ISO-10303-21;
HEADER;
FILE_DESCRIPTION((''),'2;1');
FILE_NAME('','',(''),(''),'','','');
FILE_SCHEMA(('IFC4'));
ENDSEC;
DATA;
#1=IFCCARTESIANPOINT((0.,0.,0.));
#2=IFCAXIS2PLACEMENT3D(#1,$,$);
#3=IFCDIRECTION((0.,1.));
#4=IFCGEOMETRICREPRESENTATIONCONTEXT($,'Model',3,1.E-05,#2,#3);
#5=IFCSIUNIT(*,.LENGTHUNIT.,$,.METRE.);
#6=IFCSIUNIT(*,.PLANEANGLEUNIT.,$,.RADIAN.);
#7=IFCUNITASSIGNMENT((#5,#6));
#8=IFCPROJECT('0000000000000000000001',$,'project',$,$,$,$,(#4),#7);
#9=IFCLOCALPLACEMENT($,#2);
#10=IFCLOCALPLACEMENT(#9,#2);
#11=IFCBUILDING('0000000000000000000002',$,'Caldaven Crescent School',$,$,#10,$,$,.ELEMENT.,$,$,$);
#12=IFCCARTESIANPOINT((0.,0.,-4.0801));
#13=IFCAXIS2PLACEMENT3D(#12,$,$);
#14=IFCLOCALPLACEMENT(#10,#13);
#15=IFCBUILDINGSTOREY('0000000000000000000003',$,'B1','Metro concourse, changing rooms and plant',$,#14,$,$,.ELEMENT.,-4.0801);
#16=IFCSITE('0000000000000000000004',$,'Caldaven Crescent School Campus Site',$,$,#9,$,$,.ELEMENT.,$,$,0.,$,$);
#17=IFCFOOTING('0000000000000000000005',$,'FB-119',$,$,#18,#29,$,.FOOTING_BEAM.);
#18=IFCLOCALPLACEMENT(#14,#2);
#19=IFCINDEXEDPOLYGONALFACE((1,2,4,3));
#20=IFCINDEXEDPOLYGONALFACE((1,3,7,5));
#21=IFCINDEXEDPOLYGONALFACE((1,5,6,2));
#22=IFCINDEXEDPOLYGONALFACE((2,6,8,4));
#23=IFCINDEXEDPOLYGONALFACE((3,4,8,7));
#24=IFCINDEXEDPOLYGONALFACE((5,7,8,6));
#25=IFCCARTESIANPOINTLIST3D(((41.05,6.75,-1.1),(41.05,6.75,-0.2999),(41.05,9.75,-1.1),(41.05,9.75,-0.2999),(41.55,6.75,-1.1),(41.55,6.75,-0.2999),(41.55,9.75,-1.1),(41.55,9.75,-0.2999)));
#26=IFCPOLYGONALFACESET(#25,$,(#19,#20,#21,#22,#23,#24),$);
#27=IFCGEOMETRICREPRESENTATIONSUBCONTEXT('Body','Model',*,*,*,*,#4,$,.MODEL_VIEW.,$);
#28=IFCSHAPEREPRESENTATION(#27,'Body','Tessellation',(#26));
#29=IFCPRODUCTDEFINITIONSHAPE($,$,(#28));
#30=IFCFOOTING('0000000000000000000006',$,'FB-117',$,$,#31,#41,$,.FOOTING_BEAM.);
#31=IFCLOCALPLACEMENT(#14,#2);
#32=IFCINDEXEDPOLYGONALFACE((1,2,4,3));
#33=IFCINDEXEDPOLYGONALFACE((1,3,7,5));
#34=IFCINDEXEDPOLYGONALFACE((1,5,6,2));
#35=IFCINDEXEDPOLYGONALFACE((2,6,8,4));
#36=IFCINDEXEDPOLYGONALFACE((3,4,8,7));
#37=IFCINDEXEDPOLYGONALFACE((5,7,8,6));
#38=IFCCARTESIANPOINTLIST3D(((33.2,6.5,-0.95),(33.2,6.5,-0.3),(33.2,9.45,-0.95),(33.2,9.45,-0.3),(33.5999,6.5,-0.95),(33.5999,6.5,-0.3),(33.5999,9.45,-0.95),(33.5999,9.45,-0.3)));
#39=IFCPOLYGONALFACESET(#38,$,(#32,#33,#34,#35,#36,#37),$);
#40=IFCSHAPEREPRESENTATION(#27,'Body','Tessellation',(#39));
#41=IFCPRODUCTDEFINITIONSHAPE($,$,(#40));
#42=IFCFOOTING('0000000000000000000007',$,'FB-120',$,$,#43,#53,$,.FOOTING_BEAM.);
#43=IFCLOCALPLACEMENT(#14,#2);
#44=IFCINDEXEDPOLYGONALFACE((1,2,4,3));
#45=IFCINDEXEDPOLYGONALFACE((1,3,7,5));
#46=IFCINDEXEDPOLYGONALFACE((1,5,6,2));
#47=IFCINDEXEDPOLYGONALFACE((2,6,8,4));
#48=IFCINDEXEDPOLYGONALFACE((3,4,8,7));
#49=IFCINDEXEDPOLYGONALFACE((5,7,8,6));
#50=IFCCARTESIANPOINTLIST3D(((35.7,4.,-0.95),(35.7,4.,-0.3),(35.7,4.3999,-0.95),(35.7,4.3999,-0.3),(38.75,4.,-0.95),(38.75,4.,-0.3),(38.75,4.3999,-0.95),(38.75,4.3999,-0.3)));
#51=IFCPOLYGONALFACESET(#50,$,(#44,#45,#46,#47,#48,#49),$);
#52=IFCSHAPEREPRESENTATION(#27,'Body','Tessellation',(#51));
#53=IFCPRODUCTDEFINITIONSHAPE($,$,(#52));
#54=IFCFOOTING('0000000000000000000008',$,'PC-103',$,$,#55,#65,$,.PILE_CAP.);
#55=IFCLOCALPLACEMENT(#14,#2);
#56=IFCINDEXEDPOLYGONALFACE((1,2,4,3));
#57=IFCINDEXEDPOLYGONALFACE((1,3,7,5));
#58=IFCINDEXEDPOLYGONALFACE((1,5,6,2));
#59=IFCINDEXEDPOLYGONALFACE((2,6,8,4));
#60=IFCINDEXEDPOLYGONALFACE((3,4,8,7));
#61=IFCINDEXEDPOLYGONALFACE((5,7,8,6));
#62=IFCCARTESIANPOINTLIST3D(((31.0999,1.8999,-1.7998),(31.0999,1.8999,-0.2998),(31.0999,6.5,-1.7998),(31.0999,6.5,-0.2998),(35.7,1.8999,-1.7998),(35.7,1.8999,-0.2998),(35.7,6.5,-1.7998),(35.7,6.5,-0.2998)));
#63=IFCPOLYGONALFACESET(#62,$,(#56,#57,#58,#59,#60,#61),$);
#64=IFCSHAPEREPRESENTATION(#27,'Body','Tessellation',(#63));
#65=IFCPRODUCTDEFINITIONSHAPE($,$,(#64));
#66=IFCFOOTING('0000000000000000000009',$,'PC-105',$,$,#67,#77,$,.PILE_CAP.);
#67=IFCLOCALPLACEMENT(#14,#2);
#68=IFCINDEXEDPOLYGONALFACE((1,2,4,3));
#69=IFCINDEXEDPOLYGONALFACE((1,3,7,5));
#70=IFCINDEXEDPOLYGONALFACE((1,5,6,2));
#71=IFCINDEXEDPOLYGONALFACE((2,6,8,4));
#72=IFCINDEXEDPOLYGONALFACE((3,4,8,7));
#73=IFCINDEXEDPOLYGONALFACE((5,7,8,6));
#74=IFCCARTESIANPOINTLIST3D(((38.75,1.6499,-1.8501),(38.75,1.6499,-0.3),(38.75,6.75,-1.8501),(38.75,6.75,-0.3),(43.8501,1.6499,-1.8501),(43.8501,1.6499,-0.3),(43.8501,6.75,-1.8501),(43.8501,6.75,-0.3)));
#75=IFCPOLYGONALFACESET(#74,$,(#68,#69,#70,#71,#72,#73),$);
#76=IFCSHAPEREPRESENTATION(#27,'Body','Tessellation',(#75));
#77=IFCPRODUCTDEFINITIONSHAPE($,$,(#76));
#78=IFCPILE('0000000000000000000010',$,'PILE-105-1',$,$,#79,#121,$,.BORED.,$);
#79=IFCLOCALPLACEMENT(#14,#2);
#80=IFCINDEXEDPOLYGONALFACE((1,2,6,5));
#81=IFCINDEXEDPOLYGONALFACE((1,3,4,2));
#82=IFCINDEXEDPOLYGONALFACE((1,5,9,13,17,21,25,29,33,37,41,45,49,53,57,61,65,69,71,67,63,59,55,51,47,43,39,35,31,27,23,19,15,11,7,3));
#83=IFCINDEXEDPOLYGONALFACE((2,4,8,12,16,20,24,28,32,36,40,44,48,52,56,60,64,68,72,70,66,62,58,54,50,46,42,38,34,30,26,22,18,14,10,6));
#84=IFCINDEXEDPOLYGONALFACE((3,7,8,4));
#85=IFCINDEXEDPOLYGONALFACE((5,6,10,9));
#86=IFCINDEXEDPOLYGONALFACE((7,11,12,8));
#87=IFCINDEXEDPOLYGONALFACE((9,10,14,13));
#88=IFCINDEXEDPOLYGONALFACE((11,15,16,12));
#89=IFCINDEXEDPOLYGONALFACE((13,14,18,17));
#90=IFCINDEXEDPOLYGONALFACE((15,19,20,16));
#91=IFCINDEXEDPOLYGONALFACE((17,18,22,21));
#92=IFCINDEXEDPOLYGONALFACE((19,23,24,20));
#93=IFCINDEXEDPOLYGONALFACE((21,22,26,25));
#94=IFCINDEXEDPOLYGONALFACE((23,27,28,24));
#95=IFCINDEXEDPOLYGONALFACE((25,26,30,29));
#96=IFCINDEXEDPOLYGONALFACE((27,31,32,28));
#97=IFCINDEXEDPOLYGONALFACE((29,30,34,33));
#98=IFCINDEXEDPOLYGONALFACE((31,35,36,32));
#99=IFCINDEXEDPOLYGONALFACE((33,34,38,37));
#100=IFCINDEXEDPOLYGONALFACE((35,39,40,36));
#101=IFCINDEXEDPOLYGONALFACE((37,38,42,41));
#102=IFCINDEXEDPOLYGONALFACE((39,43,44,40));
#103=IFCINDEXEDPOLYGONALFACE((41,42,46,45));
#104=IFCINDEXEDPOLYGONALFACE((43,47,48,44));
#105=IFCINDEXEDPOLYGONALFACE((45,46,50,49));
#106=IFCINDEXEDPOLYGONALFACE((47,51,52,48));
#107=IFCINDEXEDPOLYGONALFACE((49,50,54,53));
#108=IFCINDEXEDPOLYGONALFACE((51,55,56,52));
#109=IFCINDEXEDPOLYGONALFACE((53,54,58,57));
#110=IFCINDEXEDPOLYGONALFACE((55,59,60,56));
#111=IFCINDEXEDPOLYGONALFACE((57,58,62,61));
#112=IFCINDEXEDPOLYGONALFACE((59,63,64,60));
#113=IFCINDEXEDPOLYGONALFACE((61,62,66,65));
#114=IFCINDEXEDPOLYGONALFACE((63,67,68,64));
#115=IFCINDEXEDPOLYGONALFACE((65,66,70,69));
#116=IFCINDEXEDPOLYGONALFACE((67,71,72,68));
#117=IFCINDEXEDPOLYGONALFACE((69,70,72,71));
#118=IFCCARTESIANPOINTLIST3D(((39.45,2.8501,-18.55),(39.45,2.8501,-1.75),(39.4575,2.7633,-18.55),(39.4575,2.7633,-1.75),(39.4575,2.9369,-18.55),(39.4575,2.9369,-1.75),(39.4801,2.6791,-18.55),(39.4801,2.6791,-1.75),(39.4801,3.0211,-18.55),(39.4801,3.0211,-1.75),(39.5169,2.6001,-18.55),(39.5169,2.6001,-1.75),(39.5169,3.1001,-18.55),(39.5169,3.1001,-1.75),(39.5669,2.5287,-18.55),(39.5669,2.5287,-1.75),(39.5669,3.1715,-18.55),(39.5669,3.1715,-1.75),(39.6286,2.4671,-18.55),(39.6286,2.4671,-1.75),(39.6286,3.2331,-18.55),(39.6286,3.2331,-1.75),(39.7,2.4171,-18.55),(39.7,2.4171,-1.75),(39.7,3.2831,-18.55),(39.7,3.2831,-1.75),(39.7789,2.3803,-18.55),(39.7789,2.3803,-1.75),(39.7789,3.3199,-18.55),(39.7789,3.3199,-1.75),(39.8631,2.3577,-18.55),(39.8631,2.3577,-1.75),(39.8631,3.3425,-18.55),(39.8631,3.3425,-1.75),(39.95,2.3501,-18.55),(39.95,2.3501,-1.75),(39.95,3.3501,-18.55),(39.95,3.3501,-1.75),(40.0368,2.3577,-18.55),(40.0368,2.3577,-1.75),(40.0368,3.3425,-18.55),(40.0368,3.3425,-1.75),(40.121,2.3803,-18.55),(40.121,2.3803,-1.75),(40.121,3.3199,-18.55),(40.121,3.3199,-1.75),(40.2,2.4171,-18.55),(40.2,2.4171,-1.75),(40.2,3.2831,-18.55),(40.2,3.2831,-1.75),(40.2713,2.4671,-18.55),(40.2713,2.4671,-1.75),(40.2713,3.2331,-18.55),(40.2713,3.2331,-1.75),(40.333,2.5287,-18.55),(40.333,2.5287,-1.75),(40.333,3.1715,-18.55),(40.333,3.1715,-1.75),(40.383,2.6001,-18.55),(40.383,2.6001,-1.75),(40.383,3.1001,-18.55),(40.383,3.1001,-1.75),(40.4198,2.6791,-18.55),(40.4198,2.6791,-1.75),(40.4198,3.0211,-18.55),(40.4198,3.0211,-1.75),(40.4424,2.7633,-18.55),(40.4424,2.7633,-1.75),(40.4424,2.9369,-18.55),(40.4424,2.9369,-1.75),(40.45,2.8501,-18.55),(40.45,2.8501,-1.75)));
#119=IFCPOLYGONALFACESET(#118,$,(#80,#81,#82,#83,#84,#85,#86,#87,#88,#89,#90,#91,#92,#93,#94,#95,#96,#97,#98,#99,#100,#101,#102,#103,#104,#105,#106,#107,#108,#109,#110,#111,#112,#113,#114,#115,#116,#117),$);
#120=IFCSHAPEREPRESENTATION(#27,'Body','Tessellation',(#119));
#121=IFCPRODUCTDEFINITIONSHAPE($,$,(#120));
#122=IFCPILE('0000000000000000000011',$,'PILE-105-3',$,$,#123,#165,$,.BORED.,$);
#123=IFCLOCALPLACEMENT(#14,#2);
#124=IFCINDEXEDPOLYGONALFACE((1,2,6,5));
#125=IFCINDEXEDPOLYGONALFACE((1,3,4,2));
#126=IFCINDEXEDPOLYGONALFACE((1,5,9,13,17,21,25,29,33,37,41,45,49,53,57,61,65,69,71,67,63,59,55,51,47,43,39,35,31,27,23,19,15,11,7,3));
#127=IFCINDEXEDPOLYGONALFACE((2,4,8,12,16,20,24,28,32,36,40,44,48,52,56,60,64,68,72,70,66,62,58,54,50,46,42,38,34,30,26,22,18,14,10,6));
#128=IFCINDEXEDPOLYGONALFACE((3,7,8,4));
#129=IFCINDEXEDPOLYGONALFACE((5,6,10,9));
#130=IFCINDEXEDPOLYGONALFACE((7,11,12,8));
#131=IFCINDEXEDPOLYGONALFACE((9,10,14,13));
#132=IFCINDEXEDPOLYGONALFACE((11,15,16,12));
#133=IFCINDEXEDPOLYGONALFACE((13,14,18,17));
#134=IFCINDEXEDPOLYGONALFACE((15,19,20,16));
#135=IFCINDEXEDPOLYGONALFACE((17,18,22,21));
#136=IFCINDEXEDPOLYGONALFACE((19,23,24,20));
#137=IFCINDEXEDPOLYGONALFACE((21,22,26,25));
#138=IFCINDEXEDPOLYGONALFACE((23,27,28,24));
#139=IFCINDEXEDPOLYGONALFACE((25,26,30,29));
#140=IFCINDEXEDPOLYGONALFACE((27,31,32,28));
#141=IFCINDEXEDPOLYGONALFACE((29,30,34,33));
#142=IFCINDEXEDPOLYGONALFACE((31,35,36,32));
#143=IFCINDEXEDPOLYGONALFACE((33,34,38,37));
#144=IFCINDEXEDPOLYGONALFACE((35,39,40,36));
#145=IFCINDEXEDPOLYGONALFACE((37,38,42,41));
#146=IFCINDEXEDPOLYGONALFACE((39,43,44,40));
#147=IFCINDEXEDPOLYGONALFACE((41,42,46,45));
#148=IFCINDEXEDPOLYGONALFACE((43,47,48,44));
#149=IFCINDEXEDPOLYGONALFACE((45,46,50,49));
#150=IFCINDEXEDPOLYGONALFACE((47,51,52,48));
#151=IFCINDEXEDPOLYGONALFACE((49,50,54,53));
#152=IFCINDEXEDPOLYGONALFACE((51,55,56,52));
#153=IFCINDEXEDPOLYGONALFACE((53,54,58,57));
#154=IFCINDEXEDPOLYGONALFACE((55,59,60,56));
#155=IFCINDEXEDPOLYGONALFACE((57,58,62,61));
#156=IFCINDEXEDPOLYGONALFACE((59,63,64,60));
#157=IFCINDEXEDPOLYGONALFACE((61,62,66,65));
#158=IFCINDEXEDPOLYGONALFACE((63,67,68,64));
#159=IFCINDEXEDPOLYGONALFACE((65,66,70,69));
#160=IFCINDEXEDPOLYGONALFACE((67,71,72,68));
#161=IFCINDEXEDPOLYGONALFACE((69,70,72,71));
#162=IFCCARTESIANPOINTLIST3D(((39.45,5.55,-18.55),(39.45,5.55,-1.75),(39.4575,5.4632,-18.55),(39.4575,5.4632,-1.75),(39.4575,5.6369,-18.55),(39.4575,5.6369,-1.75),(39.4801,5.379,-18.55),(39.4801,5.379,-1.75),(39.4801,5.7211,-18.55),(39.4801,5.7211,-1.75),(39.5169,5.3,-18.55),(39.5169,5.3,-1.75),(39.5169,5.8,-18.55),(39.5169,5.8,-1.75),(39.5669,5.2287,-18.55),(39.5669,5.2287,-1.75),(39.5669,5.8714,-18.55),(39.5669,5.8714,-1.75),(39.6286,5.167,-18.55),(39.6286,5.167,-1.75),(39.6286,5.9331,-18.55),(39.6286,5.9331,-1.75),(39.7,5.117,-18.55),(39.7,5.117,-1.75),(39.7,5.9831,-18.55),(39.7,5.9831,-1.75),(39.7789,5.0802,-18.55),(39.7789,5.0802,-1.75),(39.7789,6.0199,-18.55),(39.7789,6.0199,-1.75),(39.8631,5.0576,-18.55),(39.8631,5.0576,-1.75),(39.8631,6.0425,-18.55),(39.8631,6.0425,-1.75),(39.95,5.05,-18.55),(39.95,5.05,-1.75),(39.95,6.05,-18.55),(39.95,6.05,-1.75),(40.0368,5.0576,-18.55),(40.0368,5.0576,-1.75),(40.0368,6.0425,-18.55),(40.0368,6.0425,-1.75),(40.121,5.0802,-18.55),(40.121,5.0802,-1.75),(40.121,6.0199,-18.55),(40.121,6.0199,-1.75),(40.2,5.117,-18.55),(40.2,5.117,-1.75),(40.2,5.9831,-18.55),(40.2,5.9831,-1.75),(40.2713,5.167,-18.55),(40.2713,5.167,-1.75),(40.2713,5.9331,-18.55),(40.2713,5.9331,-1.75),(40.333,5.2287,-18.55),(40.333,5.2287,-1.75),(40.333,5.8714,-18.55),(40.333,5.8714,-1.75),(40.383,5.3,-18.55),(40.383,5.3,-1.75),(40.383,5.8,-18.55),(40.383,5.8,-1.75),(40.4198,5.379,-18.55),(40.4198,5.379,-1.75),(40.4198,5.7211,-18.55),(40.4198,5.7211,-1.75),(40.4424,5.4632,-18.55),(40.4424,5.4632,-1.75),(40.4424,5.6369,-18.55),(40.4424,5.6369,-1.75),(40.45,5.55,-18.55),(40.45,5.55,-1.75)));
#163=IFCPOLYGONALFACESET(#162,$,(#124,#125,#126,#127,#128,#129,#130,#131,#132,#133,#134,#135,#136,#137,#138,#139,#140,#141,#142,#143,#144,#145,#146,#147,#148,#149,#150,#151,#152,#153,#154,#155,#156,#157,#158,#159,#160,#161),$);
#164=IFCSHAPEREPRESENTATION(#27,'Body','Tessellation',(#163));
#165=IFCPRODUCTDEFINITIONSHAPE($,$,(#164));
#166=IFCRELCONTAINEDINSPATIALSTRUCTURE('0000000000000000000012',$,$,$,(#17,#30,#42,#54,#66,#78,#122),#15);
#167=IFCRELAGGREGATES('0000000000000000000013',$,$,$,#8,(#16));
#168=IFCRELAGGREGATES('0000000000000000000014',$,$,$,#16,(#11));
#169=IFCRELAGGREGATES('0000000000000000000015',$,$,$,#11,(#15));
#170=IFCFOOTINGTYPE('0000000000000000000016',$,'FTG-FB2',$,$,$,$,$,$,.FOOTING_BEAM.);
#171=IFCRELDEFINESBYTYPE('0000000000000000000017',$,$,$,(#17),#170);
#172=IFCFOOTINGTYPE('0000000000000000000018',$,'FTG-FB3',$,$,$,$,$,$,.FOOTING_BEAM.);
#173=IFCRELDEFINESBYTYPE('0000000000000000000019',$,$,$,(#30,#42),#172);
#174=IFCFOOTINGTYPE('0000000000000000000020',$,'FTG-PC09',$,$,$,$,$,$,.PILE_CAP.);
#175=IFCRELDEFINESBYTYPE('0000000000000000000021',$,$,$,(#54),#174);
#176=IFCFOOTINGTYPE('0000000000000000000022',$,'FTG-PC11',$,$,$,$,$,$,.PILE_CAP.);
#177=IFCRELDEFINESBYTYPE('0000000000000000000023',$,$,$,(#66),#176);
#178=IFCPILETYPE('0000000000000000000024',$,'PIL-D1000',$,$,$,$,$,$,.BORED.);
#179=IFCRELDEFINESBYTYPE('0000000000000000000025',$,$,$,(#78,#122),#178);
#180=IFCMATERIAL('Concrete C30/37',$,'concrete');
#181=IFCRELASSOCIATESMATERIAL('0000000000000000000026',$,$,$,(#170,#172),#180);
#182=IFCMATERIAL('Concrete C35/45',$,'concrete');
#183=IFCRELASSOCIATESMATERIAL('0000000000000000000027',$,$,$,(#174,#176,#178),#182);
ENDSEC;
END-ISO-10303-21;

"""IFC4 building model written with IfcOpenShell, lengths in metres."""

from ifc_helpers import new_model, si_unit, direction, frame, origin, origin_2d, place, context, subcontext, project, spatial, rectangle, circle, extrude, material, material_profile, profile_set, type_object, element, save


model = new_model("IFC4")

# Units and contexts
model_context = context("Model", 3, precision=1e-05, world=origin(), true_north=direction((0.0, 1.0)))
body_context = subcontext(model_context, "Body", "Model", "MODEL_VIEW")
ifc_project = project(units=[si_unit("LENGTHUNIT", "METRE"), si_unit("PLANEANGLEUNIT", "RADIAN")], contexts=[model_context])

# Site, building, storey
site_placement = place(None, origin())
site = spatial("IfcSite", under=ifc_project, at=site_placement, Name="Caldaven Crescent School Campus Site", CompositionType="ELEMENT", RefElevation=0.0)
building_placement = place(site_placement, origin())
building = spatial("IfcBuilding", under=site, at=building_placement, Name="Caldaven Crescent School", CompositionType="ELEMENT")
storey_placement = place(building_placement, frame((0.0, 0.0, -4.0801)))
storey = spatial("IfcBuildingStorey", under=building, at=storey_placement, Name="B1", Description="Metro concourse, changing rooms and plant", CompositionType="ELEMENT", Elevation=-4.0801)

# Footings
ifc_material_1 = material(Name="Concrete C30/37", Category="concrete")
ifc_material_profile_1 = material_profile(ifc_material_1, rectangle(XDim=0.5, YDim=0.8, at=origin_2d()), Name="FB 500x800")
ifc_profile_set_1 = profile_set([ifc_material_profile_1], Name="Concrete C30/37")
footing_type_1 = type_object("IfcFootingType", Name="FTG-FB2", PredefinedType="FOOTING_BEAM", material=ifc_profile_set_1)
footing_1_placement = place(storey_placement, frame((41.3, 6.75, -0.7), z_axis=(0.0, 1.0, 0.0), x_axis=(-1.0, 0.0, 0.0)))
element("IfcFooting", 1, at=footing_1_placement, inside=storey, type_object=footing_type_1, Name="FB-119", PredefinedType="FOOTING_BEAM", context=body_context, shape_type="SweptSolid", body=[
    extrude(rectangle(XDim=0.5, YDim=0.8, at=origin_2d()), origin(), (0.0, 0.0, 1.0), 3.0),
])
ifc_material_profile_2 = material_profile(ifc_material_1, rectangle(XDim=0.3999, YDim=0.6499, at=origin_2d()), Name="FB 400x650")
ifc_profile_set_2 = profile_set([ifc_material_profile_2], Name="Concrete C30/37")
footing_type_2 = type_object("IfcFootingType", Name="FTG-FB3", PredefinedType="FOOTING_BEAM", material=ifc_profile_set_2)
footing_2_placement = place(storey_placement, frame((33.3999, 6.5, -0.625), z_axis=(0.0, 1.0, 0.0), x_axis=(-1.0, 0.0, 0.0)))
element("IfcFooting", 2, at=footing_2_placement, inside=storey, type_object=footing_type_2, Name="FB-117", PredefinedType="FOOTING_BEAM", context=body_context, shape_type="SweptSolid", body=[
    extrude(rectangle(XDim=0.3999, YDim=0.6499, at=origin_2d()), origin(), (0.0, 0.0, 1.0), 2.95),
])
footing_3_placement = place(storey_placement, frame((38.75, 4.2, -0.625), z_axis=(-1.0, 0.0, 0.0), x_axis=(0.0, -1.0, 0.0)))
element("IfcFooting", 3, at=footing_3_placement, inside=storey, type_object=footing_type_2, Name="FB-120", PredefinedType="FOOTING_BEAM", context=body_context, shape_type="SweptSolid", body=[
    extrude(rectangle(XDim=0.3999, YDim=0.6499, at=origin_2d()), origin(), (0.0, 0.0, 1.0), 3.05),
])
ifc_material_2 = material(Name="Concrete C35/45", Category="concrete")
footing_type_3 = type_object("IfcFootingType", Name="FTG-PC09", PredefinedType="PILE_CAP", material=ifc_material_2)
footing_4_placement = place(storey_placement, frame((33.3999, 4.2, -1.7998), z_axis=(0.0, 0.0, 1.0), x_axis=(1.0, 0.0, 0.0)))
element("IfcFooting", 4, at=footing_4_placement, inside=storey, type_object=footing_type_3, Name="PC-103", PredefinedType="PILE_CAP", context=body_context, shape_type="SweptSolid", body=[
    extrude(rectangle(XDim=4.6001, YDim=4.6001, at=origin_2d()), origin(), (0.0, 0.0, 1.0), 1.5),
])
footing_type_4 = type_object("IfcFootingType", Name="FTG-PC11", PredefinedType="PILE_CAP", material=ifc_material_2)
footing_5_placement = place(storey_placement, frame((41.3, 4.2, -1.8501), z_axis=(0.0, 0.0, 1.0), x_axis=(1.0, 0.0, 0.0)))
element("IfcFooting", 5, at=footing_5_placement, inside=storey, type_object=footing_type_4, Name="PC-105", PredefinedType="PILE_CAP", context=body_context, shape_type="SweptSolid", body=[
    extrude(rectangle(XDim=5.1001, YDim=5.1001, at=origin_2d()), origin(), (0.0, 0.0, 1.0), 1.55),
])

# Piles
ifc_material_profile_3 = material_profile(ifc_material_2, circle(Radius=0.5, at=origin_2d()), Name="PILE D1000")
ifc_profile_set_3 = profile_set([ifc_material_profile_3], Name="Concrete C35/45")
pile_type_1 = type_object("IfcPileType", Name="PIL-D1000", PredefinedType="BORED", material=ifc_profile_set_3)
for number, where, z_axis, x_axis, name in (
    (6, (39.95, 2.8501, -1.75), (0.0, 0.0, -1.0), (1.0, 0.0, 0.0), "PILE-105-1"),
    (7, (39.95, 5.55, -1.75), (0.0, 0.0, -1.0), (1.0, 0.0, 0.0), "PILE-105-3"),
):
    element("IfcPile", number, at=place(storey_placement, frame(where, z_axis=z_axis, x_axis=x_axis)), inside=storey, type_object=pile_type_1, Name=name, PredefinedType="BORED", context=body_context, shape_type="SweptSolid", body=[
        extrude(circle(Radius=0.5, at=origin_2d()), origin(), (0.0, 0.0, 1.0), 16.8),
    ])

save(model, "model.ifc")
